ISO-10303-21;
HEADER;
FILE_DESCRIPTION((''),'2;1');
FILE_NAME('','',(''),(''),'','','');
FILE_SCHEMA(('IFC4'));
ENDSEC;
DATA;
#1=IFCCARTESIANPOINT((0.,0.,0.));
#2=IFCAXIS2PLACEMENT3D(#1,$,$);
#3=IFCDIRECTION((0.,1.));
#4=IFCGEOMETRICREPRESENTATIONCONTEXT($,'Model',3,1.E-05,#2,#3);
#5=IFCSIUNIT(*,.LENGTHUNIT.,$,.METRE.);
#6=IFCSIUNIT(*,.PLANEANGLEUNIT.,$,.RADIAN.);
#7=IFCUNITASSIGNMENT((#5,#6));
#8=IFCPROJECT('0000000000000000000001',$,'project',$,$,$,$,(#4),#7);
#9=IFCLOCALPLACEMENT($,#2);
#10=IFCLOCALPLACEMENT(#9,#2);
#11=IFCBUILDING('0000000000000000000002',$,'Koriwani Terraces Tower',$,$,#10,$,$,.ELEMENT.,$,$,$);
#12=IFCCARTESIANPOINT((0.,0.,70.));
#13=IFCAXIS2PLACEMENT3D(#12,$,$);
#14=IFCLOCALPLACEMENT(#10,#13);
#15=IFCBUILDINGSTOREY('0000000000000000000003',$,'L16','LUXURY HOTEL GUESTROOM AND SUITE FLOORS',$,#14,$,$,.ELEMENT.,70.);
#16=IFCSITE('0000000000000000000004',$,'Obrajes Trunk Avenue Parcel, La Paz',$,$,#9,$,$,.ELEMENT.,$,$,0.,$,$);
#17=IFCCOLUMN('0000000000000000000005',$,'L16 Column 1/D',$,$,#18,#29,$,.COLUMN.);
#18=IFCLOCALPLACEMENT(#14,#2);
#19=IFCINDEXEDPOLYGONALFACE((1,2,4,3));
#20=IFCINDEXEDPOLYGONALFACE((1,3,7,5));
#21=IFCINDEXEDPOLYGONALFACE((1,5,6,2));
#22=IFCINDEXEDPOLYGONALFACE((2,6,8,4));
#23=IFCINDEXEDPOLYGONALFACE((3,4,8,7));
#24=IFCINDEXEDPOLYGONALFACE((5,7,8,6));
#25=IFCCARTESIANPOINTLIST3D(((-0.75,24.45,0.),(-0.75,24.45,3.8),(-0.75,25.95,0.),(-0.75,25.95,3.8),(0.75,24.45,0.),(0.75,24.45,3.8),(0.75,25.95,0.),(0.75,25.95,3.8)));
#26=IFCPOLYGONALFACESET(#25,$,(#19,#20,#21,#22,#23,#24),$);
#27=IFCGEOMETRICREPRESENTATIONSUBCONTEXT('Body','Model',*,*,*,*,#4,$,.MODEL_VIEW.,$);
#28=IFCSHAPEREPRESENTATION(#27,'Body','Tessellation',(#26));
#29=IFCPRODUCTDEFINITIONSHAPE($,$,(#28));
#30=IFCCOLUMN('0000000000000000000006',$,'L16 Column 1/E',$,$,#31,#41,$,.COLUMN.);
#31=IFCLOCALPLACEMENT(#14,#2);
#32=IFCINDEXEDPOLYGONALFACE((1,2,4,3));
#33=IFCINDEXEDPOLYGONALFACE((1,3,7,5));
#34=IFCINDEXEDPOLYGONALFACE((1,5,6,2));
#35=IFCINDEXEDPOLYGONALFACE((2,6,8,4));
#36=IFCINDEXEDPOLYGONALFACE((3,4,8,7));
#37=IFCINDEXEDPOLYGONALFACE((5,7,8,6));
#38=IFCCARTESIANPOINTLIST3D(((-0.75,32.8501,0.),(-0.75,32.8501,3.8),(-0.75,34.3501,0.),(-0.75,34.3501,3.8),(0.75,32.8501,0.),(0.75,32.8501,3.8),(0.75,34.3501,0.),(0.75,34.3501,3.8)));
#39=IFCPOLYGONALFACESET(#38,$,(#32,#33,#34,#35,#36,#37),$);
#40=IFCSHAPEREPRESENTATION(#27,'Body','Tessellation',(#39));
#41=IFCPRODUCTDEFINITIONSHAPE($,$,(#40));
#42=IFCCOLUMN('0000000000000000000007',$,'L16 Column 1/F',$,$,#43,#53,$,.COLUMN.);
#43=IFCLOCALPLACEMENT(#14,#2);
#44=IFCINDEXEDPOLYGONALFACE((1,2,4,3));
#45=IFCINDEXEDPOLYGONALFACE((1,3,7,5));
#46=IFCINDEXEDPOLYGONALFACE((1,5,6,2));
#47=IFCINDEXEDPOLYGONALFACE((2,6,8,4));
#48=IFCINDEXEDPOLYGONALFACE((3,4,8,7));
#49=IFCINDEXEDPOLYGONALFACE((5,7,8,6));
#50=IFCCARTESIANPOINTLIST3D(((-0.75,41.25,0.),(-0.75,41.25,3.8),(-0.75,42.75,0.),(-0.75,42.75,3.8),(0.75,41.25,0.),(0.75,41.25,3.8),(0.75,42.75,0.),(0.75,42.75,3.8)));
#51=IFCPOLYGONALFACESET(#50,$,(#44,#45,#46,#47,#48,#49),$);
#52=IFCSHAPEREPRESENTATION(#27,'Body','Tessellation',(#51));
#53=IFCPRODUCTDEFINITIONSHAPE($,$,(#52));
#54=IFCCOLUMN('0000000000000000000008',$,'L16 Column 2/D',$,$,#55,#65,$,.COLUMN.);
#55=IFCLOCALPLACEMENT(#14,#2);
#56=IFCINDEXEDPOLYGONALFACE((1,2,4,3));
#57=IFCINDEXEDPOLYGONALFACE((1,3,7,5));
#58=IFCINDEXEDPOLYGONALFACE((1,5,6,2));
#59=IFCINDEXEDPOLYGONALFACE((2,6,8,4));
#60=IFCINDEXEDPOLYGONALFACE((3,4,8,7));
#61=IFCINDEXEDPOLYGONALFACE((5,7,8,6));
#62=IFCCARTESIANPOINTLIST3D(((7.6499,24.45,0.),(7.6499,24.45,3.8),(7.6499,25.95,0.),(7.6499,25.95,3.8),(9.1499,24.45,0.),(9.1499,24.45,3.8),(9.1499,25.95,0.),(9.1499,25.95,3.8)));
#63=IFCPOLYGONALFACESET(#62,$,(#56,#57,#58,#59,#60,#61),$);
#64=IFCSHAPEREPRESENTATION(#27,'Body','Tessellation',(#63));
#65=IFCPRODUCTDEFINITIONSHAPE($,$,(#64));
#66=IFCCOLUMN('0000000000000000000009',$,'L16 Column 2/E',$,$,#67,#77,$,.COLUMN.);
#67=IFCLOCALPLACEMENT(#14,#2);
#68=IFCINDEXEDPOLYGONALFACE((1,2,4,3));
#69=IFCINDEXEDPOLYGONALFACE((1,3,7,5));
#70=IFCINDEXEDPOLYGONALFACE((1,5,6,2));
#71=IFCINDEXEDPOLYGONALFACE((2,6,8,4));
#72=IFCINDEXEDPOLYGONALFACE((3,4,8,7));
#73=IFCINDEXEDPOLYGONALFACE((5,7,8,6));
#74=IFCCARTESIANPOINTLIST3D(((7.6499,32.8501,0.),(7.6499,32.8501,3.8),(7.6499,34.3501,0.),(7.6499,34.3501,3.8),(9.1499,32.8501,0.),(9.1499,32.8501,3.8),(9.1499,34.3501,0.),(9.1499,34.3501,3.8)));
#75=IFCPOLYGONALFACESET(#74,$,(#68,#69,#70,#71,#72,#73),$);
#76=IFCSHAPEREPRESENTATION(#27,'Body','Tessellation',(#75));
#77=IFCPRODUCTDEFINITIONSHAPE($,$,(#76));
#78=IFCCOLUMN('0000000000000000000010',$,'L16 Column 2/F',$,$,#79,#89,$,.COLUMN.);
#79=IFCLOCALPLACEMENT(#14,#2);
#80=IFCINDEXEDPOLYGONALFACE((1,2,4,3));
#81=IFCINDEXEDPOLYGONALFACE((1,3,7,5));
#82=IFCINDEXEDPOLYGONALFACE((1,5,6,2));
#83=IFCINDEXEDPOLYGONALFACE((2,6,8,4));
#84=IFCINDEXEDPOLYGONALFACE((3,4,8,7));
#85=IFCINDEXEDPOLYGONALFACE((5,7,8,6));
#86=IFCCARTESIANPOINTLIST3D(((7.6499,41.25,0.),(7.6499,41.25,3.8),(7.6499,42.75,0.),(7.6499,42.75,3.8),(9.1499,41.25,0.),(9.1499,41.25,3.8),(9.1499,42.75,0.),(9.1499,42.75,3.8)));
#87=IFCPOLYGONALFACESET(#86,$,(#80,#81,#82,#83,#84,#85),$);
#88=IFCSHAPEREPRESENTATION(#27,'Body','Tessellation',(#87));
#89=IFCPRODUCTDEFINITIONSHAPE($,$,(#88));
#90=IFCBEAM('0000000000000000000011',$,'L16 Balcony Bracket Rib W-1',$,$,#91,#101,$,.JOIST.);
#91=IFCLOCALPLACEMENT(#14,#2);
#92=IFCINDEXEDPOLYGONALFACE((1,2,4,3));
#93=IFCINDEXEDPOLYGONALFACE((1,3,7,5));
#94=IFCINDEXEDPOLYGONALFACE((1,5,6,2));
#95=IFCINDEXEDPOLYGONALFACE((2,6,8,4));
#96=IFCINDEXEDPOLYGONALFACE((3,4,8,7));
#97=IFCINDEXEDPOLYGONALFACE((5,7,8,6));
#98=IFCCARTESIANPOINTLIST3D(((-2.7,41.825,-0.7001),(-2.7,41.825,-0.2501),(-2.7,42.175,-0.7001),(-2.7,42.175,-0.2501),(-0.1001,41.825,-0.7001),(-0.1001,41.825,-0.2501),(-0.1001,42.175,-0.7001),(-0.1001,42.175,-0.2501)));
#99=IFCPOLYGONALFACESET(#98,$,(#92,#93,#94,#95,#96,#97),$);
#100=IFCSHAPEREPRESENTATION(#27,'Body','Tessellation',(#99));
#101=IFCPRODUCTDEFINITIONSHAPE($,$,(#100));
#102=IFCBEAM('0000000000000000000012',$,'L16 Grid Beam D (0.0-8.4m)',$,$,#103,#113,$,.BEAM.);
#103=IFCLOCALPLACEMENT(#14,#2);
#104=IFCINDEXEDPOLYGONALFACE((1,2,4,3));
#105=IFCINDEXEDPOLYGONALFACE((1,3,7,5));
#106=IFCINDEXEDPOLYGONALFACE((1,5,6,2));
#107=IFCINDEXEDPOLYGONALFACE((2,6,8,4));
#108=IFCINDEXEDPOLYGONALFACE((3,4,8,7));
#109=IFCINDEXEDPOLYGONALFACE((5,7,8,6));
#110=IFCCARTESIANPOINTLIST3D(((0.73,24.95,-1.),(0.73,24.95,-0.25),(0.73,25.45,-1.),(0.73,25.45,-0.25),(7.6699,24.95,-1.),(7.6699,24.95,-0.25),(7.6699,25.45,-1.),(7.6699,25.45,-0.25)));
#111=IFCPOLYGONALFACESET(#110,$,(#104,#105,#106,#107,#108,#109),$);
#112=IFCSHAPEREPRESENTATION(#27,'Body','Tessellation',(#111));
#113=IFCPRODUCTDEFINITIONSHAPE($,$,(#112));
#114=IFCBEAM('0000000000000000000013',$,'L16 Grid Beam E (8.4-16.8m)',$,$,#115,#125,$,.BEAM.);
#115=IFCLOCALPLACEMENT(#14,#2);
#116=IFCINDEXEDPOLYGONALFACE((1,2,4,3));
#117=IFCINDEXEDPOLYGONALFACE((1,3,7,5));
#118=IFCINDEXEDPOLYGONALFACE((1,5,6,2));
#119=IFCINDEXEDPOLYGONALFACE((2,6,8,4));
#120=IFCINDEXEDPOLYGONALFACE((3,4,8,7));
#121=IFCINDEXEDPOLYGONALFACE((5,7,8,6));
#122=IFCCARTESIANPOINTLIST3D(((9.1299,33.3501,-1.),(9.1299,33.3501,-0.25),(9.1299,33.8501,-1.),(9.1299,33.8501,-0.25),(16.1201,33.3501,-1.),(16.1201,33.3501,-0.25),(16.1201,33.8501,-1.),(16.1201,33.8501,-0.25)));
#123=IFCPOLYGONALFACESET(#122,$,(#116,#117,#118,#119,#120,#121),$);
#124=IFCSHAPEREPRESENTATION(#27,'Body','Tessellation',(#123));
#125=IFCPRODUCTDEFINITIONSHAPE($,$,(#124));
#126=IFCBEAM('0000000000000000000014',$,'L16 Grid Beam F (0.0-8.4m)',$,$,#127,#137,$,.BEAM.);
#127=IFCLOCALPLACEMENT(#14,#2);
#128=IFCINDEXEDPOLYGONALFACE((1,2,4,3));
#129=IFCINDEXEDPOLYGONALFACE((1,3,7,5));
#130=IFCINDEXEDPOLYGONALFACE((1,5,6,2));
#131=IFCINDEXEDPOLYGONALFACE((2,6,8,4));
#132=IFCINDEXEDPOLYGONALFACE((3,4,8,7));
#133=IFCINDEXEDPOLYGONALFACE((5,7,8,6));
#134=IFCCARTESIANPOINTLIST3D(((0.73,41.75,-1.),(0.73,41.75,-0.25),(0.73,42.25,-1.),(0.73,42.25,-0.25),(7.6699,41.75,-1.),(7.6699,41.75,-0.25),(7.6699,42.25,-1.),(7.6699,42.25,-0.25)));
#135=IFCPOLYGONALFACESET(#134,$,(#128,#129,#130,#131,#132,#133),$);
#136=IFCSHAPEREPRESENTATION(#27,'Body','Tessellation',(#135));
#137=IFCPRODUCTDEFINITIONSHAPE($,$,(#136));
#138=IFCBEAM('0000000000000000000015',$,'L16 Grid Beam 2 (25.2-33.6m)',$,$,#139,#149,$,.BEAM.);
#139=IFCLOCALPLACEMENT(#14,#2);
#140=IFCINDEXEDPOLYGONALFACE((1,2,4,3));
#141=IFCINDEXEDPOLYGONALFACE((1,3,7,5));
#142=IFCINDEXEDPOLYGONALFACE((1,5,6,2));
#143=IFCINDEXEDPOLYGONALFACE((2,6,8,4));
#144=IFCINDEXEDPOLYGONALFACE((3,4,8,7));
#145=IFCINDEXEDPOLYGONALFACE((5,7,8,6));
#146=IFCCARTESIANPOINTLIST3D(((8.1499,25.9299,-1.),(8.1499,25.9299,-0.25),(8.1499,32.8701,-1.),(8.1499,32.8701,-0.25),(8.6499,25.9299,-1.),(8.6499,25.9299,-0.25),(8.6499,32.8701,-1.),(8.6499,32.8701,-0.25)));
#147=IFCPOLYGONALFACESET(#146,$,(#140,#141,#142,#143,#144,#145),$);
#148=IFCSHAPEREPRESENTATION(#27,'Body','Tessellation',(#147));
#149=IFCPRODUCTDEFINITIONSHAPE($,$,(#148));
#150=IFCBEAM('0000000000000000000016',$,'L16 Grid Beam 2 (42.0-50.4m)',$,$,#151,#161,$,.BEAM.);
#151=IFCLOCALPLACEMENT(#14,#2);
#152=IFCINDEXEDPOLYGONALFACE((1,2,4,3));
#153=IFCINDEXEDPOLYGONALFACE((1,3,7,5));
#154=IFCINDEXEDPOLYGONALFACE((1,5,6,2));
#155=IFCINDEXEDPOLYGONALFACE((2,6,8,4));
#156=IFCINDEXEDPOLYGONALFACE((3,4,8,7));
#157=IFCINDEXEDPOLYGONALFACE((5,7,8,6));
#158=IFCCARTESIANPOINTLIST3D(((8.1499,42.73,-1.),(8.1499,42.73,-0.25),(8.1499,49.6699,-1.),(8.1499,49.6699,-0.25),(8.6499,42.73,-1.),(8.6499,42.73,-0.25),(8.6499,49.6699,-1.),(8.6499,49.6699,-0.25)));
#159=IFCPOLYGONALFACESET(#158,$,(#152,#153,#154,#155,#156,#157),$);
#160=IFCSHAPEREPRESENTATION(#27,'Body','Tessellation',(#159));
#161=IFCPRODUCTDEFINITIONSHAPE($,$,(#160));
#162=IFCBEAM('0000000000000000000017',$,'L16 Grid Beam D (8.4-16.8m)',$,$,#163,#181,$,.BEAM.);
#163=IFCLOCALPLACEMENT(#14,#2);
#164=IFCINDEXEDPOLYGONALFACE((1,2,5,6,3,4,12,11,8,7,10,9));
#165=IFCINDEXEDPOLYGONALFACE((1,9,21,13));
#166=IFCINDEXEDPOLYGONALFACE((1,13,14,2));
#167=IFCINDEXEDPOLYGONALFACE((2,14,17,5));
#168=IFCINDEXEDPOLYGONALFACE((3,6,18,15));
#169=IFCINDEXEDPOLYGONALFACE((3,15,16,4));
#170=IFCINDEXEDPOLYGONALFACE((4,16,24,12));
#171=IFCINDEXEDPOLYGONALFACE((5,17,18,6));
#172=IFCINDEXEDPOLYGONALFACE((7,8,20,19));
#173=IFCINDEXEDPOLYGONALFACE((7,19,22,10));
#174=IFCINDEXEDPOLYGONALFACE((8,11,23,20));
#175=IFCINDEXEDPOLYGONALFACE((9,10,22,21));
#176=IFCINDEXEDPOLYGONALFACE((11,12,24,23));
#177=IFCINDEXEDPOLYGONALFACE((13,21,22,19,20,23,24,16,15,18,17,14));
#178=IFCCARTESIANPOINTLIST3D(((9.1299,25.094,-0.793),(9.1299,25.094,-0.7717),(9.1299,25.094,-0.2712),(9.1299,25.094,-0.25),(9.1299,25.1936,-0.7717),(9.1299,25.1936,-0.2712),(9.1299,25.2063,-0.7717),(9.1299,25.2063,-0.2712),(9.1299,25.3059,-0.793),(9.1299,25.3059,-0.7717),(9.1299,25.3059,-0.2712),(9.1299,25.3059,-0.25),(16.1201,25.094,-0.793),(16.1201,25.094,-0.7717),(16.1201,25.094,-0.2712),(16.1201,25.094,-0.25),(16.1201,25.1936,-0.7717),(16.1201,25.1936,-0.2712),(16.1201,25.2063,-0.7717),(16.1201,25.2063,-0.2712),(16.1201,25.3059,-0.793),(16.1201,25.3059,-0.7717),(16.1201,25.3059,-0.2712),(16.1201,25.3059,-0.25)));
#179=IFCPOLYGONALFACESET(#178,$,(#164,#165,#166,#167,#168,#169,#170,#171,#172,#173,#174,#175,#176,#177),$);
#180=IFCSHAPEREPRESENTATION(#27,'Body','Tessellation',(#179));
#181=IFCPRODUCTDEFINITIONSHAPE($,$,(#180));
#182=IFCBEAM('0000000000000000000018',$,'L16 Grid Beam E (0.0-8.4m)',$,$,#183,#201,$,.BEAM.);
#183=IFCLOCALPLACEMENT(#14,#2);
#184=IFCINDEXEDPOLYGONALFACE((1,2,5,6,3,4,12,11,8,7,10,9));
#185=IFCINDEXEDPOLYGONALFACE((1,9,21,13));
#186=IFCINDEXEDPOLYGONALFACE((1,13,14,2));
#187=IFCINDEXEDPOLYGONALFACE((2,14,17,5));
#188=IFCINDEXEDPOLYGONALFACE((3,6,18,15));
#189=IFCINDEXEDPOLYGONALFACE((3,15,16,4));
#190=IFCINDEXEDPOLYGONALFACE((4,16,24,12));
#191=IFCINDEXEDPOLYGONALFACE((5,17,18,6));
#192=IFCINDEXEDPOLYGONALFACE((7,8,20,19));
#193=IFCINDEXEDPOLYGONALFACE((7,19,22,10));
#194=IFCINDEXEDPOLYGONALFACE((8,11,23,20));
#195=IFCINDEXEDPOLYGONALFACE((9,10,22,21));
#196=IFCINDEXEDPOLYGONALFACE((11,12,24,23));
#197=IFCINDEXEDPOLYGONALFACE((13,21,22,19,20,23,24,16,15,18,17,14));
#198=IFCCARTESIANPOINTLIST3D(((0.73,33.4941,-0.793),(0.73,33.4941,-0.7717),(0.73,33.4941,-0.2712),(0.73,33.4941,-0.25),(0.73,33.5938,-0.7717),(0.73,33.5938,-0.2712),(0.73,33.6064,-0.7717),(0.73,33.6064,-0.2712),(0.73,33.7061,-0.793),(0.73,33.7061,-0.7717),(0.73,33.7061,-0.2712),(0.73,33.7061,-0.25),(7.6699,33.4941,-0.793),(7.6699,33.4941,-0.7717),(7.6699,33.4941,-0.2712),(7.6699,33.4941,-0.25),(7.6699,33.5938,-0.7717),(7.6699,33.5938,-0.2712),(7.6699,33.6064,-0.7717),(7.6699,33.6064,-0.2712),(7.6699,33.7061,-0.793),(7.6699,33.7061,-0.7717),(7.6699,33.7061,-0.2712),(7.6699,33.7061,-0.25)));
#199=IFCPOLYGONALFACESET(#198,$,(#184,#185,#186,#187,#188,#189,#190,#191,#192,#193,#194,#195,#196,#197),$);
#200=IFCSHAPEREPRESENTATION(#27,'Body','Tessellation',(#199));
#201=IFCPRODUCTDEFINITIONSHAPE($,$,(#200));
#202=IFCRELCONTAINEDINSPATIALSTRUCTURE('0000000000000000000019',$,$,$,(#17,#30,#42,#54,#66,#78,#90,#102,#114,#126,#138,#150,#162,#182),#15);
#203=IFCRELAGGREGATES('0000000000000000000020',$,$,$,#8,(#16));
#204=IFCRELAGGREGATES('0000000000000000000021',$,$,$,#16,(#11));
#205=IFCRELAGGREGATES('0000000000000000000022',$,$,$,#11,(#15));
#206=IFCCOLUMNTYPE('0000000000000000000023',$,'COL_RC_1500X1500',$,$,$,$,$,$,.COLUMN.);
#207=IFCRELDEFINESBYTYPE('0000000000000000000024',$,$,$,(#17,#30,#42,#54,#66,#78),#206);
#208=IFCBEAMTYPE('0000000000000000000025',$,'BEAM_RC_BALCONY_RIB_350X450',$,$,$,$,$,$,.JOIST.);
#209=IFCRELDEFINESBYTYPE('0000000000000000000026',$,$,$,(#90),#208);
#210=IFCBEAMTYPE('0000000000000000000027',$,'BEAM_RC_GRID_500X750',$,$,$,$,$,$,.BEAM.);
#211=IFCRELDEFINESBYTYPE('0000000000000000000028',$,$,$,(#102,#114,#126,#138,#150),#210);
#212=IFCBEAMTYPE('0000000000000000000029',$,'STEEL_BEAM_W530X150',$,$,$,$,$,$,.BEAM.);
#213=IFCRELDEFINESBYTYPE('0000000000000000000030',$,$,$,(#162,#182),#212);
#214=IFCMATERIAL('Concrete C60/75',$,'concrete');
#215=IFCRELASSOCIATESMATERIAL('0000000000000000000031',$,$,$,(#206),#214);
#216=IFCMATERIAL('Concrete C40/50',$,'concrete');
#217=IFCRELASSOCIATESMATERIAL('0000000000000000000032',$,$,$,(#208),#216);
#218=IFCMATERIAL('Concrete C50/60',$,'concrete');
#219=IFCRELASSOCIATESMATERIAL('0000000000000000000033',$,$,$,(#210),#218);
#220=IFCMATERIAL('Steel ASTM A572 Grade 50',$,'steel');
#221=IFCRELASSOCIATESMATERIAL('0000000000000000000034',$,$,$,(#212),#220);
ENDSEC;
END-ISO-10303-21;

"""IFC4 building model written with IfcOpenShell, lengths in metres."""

from ifc_helpers import new_model, si_unit, direction, frame, origin, origin_2d, place, context, subcontext, project, spatial, rectangle, i_section, extrude, material, material_profile, profile_set, type_object, element, save


model = new_model("IFC4")

# Units and contexts
model_context = context("Model", 3, precision=1e-05, world=origin(), true_north=direction((0.0, 1.0)))
body_context = subcontext(model_context, "Body", "Model", "MODEL_VIEW")
ifc_project = project(units=[si_unit("LENGTHUNIT", "METRE"), si_unit("PLANEANGLEUNIT", "RADIAN")], contexts=[model_context])

# Site, building, storey
site_placement = place(None, origin())
site = spatial("IfcSite", under=ifc_project, at=site_placement, Name="Obrajes Trunk Avenue Parcel, La Paz", CompositionType="ELEMENT", RefElevation=0.0)
building_placement = place(site_placement, origin())
building = spatial("IfcBuilding", under=site, at=building_placement, Name="Koriwani Terraces Tower", CompositionType="ELEMENT")
storey_placement = place(building_placement, frame((0.0, 0.0, 70.0)))
storey = spatial("IfcBuildingStorey", under=building, at=storey_placement, Name="L16", Description="LUXURY HOTEL GUESTROOM AND SUITE FLOORS", CompositionType="ELEMENT", Elevation=70.0)

# Columns
ifc_material_1 = material(Name="Concrete C60/75", Category="concrete")
ifc_material_profile_1 = material_profile(ifc_material_1, rectangle(XDim=1.5, YDim=1.5, at=origin_2d()), Name="Concrete C60/75", Category="LoadBearing")
ifc_profile_set_1 = profile_set([ifc_material_profile_1], Name="Concrete C60/75")
column_type = type_object("IfcColumnType", Name="COL_RC_1500X1500", PredefinedType="COLUMN", material=ifc_profile_set_1)
for number, where, z_axis, x_axis, name in (
    (1, (0.0, 25.2, 0.0), (0.0, 0.0, 1.0), (1.0, 0.0, 0.0), "L16 Column 1/D"),
    (2, (0.0, 33.6001, 0.0), (0.0, 0.0, 1.0), (1.0, 0.0, 0.0), "L16 Column 1/E"),
    (3, (0.0, 42.0, 0.0), (0.0, 0.0, 1.0), (1.0, 0.0, 0.0), "L16 Column 1/F"),
    (4, (8.3999, 25.2, 0.0), (0.0, 0.0, 1.0), (1.0, 0.0, 0.0), "L16 Column 2/D"),
    (5, (8.3999, 33.6001, 0.0), (0.0, 0.0, 1.0), (1.0, 0.0, 0.0), "L16 Column 2/E"),
    (6, (8.3999, 42.0, 0.0), (0.0, 0.0, 1.0), (1.0, 0.0, 0.0), "L16 Column 2/F"),
):
    element("IfcColumn", number, at=place(storey_placement, frame(where, z_axis=z_axis, x_axis=x_axis)), inside=storey, type_object=column_type, Name=name, PredefinedType="COLUMN", context=body_context, shape_type="SweptSolid", body=[
        extrude(rectangle(XDim=1.5, YDim=1.5, at=origin_2d()), origin(), (0.0, 0.0, 1.0), 3.8),
    ])

# Beams
ifc_material_2 = material(Name="Concrete C40/50", Category="concrete")
ifc_material_profile_2 = material_profile(ifc_material_2, rectangle(XDim=0.3501, YDim=0.45, at=origin_2d()), Name="Concrete C40/50", Category="LoadBearing")
ifc_profile_set_2 = profile_set([ifc_material_profile_2], Name="Concrete C40/50")
beam_type_1 = type_object("IfcBeamType", Name="BEAM_RC_BALCONY_RIB_350X450", PredefinedType="JOIST", material=ifc_profile_set_2)
beam_1_placement = place(storey_placement, frame((-2.7, 42.0, -0.4751), z_axis=(1.0, 0.0, 0.0), x_axis=(0.0, 1.0, 0.0)))
element("IfcBeam", 7, at=beam_1_placement, inside=storey, type_object=beam_type_1, Name="L16 Balcony Bracket Rib W-1", PredefinedType="JOIST", context=body_context, shape_type="SweptSolid", body=[
    extrude(rectangle(XDim=0.3501, YDim=0.45, at=origin_2d()), origin(), (0.0, 0.0, 1.0), 2.5999),
])
ifc_material_3 = material(Name="Concrete C50/60", Category="concrete")
ifc_material_profile_3 = material_profile(ifc_material_3, rectangle(XDim=0.5, YDim=0.75, at=origin_2d()), Name="Concrete C50/60", Category="LoadBearing")
ifc_profile_set_3 = profile_set([ifc_material_profile_3], Name="Concrete C50/60")
beam_type_2 = type_object("IfcBeamType", Name="BEAM_RC_GRID_500X750", PredefinedType="BEAM", material=ifc_profile_set_3)
beam_2_placement = place(storey_placement, frame((0.73, 25.2, -0.625), z_axis=(1.0, 0.0, 0.0), x_axis=(0.0, 1.0, 0.0)))
element("IfcBeam", 8, at=beam_2_placement, inside=storey, type_object=beam_type_2, Name="L16 Grid Beam D (0.0-8.4m)", PredefinedType="BEAM", context=body_context, shape_type="SweptSolid", body=[
    extrude(rectangle(XDim=0.5, YDim=0.75, at=origin_2d()), origin(), (0.0, 0.0, 1.0), 6.9399),
])
beam_3_placement = place(storey_placement, frame((9.1299, 33.6001, -0.625), z_axis=(1.0, 0.0, 0.0), x_axis=(0.0, 1.0, 0.0)))
element("IfcBeam", 9, at=beam_3_placement, inside=storey, type_object=beam_type_2, Name="L16 Grid Beam E (8.4-16.8m)", PredefinedType="BEAM", context=body_context, shape_type="SweptSolid", body=[
    extrude(rectangle(XDim=0.5, YDim=0.75, at=origin_2d()), origin(), (0.0, 0.0, 1.0), 6.9902),
])
beam_4_placement = place(storey_placement, frame((0.73, 42.0, -0.625), z_axis=(1.0, 0.0, 0.0), x_axis=(0.0, 1.0, 0.0)))
element("IfcBeam", 10, at=beam_4_placement, inside=storey, type_object=beam_type_2, Name="L16 Grid Beam F (0.0-8.4m)", PredefinedType="BEAM", context=body_context, shape_type="SweptSolid", body=[
    extrude(rectangle(XDim=0.5, YDim=0.75, at=origin_2d()), origin(), (0.0, 0.0, 1.0), 6.9399),
])
beam_5_placement = place(storey_placement, frame((8.3999, 25.9299, -0.625), z_axis=(0.0, 1.0, 0.0), x_axis=(-1.0, 0.0, 0.0)))
element("IfcBeam", 11, at=beam_5_placement, inside=storey, type_object=beam_type_2, Name="L16 Grid Beam 2 (25.2-33.6m)", PredefinedType="BEAM", context=body_context, shape_type="SweptSolid", body=[
    extrude(rectangle(XDim=0.5, YDim=0.75, at=origin_2d()), origin(), (0.0, 0.0, 1.0), 6.9402),
])
beam_6_placement = place(storey_placement, frame((8.3999, 42.73, -0.625), z_axis=(0.0, 1.0, 0.0), x_axis=(-1.0, 0.0, 0.0)))
element("IfcBeam", 12, at=beam_6_placement, inside=storey, type_object=beam_type_2, Name="L16 Grid Beam 2 (42.0-50.4m)", PredefinedType="BEAM", context=body_context, shape_type="SweptSolid", body=[
    extrude(rectangle(XDim=0.5, YDim=0.75, at=origin_2d()), origin(), (0.0, 0.0, 1.0), 6.9399),
])
ifc_material_4 = material(Name="Steel ASTM A572 Grade 50", Category="steel")
ifc_material_profile_4 = material_profile(ifc_material_4, i_section(OverallWidth=0.2119, OverallDepth=0.543, WebThickness=0.0127, FlangeThickness=0.0212, at=origin_2d()), Name="Steel ASTM A572 Grade 50", Category="LoadBearing")
ifc_profile_set_4 = profile_set([ifc_material_profile_4], Name="Steel ASTM A572 Grade 50")
beam_type_3 = type_object("IfcBeamType", Name="STEEL_BEAM_W530X150", PredefinedType="BEAM", material=ifc_profile_set_4)
beam_7_placement = place(storey_placement, frame((9.1299, 25.2, -0.5215), z_axis=(1.0, 0.0, 0.0), x_axis=(0.0, 1.0, 0.0)))
element("IfcBeam", 13, at=beam_7_placement, inside=storey, type_object=beam_type_3, Name="L16 Grid Beam D (8.4-16.8m)", PredefinedType="BEAM", context=body_context, shape_type="SweptSolid", body=[
    extrude(i_section(OverallWidth=0.2119, OverallDepth=0.543, WebThickness=0.0127, FlangeThickness=0.0212, at=origin_2d()), origin(), (0.0, 0.0, 1.0), 6.9902),
])
beam_8_placement = place(storey_placement, frame((0.73, 33.6001, -0.5215), z_axis=(1.0, 0.0, 0.0), x_axis=(0.0, 1.0, 0.0)))
element("IfcBeam", 14, at=beam_8_placement, inside=storey, type_object=beam_type_3, Name="L16 Grid Beam E (0.0-8.4m)", PredefinedType="BEAM", context=body_context, shape_type="SweptSolid", body=[
    extrude(i_section(OverallWidth=0.2119, OverallDepth=0.543, WebThickness=0.0127, FlangeThickness=0.0212, at=origin_2d()), origin(), (0.0, 0.0, 1.0), 6.9399),
])

save(model, "model.ifc")
